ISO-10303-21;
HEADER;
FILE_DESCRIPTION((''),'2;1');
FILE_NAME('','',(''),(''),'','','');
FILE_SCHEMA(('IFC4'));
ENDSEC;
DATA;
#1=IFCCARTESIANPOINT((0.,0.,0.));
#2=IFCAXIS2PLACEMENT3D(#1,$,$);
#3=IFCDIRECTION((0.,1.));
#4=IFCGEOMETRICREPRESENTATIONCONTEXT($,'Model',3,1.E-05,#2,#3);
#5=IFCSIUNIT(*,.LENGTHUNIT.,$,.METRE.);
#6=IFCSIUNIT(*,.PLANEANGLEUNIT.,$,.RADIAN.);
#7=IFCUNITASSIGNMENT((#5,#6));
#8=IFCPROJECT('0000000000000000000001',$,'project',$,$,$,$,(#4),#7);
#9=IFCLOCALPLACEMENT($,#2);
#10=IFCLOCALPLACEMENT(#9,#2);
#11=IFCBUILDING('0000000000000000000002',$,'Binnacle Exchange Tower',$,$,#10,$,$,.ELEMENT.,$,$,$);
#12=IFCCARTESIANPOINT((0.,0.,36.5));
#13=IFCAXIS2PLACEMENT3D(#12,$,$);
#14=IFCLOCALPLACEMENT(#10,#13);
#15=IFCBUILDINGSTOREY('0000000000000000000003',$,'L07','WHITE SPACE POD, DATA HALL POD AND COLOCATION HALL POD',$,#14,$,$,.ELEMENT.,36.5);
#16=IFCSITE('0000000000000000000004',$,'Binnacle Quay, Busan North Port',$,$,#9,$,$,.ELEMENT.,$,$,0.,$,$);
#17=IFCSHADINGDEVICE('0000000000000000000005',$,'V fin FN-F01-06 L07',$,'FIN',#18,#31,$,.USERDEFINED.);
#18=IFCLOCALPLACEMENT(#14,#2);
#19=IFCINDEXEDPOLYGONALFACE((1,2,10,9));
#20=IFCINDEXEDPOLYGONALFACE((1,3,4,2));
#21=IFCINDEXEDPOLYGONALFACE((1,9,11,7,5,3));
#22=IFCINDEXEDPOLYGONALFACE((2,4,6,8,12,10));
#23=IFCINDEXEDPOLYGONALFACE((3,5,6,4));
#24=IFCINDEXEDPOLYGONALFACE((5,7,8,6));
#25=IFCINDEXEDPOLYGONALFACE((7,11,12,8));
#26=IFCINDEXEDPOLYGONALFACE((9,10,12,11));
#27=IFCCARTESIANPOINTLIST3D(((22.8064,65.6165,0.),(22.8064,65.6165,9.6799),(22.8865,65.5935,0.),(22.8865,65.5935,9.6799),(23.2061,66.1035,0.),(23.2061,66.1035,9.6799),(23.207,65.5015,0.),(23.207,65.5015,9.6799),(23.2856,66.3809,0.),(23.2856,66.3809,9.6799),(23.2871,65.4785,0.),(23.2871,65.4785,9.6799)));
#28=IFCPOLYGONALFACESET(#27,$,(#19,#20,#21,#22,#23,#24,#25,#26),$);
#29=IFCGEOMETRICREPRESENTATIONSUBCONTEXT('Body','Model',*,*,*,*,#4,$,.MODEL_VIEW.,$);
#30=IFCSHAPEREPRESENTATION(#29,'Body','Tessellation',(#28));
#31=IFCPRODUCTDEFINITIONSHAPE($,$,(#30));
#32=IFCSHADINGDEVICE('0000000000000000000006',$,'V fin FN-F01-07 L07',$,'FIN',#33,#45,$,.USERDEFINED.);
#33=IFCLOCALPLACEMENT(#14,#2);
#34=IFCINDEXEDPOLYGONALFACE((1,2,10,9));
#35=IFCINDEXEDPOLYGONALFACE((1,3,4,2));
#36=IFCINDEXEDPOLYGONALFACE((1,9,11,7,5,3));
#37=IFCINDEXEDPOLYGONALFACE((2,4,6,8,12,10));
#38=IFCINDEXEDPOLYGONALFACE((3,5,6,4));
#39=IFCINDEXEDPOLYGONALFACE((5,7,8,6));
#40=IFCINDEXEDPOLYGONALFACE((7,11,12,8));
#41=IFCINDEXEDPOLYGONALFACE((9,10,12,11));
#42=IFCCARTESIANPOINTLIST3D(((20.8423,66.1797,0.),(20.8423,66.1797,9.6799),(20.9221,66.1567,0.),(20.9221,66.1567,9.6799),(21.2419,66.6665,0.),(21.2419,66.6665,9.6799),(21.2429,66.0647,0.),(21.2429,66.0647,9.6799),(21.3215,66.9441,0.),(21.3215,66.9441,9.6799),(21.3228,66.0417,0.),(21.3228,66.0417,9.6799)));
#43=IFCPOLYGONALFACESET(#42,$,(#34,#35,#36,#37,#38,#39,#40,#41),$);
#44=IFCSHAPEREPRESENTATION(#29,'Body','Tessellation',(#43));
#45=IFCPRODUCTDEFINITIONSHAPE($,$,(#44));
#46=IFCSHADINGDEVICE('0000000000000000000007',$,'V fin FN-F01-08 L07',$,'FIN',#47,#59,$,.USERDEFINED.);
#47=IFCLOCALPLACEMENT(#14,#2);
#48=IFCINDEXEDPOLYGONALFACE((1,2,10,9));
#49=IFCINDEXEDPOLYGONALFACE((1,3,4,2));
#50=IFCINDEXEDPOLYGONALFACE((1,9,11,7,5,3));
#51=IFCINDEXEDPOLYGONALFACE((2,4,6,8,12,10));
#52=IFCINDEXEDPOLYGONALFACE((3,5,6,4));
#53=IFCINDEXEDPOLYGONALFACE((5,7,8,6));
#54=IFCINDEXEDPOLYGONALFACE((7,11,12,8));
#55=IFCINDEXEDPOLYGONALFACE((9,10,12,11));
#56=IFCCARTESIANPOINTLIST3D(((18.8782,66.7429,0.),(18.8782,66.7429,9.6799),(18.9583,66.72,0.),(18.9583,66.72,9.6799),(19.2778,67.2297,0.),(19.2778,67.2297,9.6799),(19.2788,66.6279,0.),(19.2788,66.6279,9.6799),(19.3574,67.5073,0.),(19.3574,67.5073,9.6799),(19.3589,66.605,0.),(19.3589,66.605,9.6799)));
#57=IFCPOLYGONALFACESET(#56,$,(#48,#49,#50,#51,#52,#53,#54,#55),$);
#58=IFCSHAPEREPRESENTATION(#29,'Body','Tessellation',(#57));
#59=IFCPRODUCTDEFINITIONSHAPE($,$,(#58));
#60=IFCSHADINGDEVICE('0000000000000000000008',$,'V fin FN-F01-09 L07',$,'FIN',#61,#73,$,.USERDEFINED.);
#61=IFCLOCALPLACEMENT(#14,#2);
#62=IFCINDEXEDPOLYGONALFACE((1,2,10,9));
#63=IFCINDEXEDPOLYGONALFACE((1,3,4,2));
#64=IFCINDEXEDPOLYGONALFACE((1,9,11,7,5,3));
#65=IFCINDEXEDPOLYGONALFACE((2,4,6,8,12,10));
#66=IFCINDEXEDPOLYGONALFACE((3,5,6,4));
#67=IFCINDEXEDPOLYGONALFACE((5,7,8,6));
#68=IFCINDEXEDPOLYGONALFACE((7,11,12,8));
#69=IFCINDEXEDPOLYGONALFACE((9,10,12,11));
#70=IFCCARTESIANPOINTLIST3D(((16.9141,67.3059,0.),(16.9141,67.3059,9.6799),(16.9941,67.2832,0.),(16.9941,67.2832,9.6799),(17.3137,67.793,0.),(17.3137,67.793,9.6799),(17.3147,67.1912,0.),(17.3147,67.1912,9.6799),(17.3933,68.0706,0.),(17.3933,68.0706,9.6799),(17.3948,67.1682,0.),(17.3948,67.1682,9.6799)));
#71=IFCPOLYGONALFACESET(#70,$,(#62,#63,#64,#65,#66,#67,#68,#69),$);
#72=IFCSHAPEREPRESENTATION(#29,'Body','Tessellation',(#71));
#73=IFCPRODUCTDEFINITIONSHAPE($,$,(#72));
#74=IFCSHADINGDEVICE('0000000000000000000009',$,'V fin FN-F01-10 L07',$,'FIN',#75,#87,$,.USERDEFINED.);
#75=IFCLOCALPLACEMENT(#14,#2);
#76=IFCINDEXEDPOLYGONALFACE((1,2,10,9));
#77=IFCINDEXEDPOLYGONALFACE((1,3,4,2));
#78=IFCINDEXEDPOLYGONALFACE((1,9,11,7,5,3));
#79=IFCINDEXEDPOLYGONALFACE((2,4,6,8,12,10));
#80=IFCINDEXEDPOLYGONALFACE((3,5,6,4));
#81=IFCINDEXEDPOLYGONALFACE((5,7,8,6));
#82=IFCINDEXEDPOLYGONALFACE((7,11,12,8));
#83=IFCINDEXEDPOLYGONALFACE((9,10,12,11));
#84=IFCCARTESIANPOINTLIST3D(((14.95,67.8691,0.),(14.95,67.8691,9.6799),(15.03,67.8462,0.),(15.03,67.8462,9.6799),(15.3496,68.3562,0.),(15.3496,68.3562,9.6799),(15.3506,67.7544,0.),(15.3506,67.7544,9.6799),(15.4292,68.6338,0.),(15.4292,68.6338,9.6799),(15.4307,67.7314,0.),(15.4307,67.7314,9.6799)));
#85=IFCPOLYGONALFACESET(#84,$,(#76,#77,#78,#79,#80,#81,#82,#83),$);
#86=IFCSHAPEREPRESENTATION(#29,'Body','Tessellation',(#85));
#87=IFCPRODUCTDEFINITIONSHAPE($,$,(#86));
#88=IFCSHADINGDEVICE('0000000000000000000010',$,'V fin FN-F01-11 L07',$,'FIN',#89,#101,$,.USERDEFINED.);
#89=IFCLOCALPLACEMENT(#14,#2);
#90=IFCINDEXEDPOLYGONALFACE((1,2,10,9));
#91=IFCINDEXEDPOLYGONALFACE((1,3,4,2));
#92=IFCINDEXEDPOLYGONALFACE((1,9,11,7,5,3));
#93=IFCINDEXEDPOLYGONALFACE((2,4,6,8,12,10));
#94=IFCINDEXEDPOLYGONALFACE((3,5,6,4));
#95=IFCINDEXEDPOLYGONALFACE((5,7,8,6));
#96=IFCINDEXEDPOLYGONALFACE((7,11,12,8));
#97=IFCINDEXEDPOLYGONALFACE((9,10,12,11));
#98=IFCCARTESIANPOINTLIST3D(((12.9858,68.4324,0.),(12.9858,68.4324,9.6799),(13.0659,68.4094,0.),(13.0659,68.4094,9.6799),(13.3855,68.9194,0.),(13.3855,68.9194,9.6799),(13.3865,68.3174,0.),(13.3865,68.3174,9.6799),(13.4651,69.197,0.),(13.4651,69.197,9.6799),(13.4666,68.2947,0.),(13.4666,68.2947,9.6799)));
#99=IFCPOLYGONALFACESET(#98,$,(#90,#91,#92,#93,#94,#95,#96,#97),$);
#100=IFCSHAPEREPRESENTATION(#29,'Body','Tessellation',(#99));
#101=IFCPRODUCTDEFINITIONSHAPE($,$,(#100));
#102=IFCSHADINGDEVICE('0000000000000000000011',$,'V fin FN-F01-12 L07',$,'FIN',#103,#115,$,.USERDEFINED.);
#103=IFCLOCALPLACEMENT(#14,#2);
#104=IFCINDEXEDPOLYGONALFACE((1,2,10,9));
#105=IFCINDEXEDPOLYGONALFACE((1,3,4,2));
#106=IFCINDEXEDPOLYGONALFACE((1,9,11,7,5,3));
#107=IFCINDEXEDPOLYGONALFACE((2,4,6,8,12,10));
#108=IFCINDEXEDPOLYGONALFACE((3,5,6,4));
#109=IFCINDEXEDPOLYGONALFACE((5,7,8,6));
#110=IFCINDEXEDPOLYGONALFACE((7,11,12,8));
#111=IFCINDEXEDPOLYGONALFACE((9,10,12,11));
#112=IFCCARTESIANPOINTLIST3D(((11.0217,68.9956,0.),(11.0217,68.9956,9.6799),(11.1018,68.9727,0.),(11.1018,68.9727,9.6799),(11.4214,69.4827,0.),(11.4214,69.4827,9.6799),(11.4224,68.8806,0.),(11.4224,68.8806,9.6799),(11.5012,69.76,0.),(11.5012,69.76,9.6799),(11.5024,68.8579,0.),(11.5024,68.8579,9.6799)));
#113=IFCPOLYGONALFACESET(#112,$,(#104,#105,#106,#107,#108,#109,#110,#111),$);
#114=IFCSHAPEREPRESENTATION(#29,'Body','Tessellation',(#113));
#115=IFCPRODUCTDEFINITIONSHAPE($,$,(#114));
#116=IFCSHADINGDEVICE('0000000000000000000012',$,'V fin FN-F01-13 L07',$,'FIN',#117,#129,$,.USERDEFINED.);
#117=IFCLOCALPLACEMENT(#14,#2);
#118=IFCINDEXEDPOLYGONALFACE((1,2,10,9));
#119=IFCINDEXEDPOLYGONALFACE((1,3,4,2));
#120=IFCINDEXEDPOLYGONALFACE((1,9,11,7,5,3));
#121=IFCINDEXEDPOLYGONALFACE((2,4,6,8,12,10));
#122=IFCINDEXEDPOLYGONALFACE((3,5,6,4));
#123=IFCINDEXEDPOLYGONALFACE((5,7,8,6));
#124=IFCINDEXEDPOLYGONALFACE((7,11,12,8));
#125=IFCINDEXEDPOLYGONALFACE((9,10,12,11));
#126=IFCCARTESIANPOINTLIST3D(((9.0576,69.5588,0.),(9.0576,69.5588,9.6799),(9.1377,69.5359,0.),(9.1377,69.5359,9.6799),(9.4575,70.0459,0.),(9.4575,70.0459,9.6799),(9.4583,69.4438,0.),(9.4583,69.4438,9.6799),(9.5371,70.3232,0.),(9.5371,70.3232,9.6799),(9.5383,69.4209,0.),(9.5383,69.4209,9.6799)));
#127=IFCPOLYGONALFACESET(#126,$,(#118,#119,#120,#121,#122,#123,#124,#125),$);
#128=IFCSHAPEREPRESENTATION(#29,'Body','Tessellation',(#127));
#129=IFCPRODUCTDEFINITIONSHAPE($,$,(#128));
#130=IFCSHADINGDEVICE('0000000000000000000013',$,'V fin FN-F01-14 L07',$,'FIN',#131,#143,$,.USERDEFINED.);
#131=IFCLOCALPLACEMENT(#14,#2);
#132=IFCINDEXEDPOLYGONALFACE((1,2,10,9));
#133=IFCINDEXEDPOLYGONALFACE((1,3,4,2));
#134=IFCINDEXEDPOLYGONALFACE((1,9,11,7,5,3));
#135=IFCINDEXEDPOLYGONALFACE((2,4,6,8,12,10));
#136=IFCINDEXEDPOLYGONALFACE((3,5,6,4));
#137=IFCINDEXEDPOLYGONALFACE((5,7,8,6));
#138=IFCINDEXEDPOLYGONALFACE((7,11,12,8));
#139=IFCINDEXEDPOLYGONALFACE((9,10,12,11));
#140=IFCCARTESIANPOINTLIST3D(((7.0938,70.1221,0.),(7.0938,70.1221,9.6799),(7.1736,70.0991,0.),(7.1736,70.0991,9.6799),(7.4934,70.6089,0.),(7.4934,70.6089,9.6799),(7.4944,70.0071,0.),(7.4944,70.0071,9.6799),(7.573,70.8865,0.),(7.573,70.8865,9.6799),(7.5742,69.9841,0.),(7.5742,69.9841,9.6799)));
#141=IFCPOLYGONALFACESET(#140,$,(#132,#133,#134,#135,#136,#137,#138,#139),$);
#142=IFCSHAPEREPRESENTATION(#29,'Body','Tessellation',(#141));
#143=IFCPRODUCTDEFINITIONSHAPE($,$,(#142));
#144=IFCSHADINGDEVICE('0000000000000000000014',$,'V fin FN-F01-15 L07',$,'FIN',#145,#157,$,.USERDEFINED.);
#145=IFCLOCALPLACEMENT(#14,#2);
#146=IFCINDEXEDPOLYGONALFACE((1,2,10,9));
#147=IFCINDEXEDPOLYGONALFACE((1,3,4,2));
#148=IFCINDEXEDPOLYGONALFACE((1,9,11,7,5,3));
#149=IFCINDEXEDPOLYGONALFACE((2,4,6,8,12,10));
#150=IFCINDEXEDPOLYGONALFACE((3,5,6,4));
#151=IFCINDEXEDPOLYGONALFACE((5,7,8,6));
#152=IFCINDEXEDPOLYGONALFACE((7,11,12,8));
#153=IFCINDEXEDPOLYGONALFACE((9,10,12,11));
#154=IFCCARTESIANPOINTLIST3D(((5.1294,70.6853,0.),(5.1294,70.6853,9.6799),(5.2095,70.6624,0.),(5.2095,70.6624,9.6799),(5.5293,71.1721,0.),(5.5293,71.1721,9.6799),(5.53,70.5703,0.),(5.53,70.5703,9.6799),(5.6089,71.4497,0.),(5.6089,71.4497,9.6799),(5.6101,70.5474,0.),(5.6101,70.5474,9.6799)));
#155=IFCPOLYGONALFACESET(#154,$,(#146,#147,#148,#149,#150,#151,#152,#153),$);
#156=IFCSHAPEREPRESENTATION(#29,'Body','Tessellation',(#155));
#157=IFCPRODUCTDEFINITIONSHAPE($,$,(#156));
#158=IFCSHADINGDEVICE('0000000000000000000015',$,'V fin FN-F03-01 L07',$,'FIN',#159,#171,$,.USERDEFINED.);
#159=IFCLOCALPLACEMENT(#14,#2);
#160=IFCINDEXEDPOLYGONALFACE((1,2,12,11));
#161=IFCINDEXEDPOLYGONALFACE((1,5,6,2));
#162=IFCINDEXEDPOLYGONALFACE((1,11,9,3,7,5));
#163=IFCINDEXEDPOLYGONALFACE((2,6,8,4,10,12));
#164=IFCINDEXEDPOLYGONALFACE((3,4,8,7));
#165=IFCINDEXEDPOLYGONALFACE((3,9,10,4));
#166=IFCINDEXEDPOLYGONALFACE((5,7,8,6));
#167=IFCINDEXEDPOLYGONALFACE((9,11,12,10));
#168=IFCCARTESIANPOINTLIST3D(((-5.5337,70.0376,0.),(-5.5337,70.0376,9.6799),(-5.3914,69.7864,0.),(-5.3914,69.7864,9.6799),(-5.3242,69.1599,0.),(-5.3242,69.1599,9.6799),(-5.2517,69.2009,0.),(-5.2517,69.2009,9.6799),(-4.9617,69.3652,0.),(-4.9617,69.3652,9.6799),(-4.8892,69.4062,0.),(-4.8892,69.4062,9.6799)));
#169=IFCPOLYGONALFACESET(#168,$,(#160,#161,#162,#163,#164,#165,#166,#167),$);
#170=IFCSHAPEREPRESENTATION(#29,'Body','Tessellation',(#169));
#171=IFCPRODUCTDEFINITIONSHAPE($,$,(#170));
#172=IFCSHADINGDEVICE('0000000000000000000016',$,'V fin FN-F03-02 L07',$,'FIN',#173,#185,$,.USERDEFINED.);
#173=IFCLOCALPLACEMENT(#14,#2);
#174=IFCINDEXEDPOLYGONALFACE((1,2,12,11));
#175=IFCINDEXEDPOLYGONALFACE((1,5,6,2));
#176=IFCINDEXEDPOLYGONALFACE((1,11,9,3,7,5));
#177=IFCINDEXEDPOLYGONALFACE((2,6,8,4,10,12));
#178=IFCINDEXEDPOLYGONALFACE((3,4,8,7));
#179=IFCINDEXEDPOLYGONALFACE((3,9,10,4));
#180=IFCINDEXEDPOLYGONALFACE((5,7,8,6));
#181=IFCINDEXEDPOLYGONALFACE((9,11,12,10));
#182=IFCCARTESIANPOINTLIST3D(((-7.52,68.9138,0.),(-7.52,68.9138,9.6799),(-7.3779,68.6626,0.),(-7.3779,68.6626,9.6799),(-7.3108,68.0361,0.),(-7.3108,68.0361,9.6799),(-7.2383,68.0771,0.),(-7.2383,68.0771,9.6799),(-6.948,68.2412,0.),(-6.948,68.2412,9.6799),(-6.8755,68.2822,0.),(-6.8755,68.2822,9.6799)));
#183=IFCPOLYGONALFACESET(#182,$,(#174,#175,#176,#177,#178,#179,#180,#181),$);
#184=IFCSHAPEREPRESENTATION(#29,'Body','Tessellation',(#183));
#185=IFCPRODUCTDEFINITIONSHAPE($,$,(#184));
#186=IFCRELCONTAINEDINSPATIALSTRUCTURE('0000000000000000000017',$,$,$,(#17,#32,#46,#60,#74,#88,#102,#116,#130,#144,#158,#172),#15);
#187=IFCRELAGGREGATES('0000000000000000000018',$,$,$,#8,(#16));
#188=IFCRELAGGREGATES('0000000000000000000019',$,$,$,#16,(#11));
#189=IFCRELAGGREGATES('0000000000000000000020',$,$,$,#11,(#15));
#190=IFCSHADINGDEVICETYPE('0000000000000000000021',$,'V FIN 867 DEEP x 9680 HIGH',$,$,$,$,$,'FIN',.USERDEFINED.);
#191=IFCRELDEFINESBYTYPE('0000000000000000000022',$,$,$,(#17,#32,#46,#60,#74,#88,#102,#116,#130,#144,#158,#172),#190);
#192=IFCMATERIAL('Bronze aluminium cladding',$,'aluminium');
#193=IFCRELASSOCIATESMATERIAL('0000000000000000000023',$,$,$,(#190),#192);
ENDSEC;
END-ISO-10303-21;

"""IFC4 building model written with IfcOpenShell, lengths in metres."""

from ifc_helpers import new_model, si_unit, direction, frame, origin, place, context, subcontext, project, spatial, polyline, outline, extrude, material, type_object, element, save


model = new_model("IFC4")

# Units and contexts
model_context = context("Model", 3, precision=1e-05, world=origin(), true_north=direction((0.0, 1.0)))
body_context = subcontext(model_context, "Body", "Model", "MODEL_VIEW")
ifc_project = project(units=[si_unit("LENGTHUNIT", "METRE"), si_unit("PLANEANGLEUNIT", "RADIAN")], contexts=[model_context])

# Site, building, storey
site_placement = place(None, origin())
site = spatial("IfcSite", under=ifc_project, at=site_placement, Name="Binnacle Quay, Busan North Port", CompositionType="ELEMENT", RefElevation=0.0)
building_placement = place(site_placement, origin())
building = spatial("IfcBuilding", under=site, at=building_placement, Name="Binnacle Exchange Tower", CompositionType="ELEMENT")
storey_placement = place(building_placement, frame((0.0, 0.0, 36.5)))
storey = spatial("IfcBuildingStorey", under=building, at=storey_placement, Name="L07", Description="WHITE SPACE POD, DATA HALL POD AND COLOCATION HALL POD", CompositionType="ELEMENT", Elevation=36.5)

# Shading devices
ifc_material_1 = material(Name="Bronze aluminium cladding", Category="aluminium")
shading_device_type = type_object("IfcShadingDeviceType", Name="V FIN 867 DEEP x 9680 HIGH", ElementType="FIN", PredefinedType="USERDEFINED", material=ifc_material_1)
shading_device_1_placement = place(storey_placement, origin())
element("IfcShadingDevice", 1, at=shading_device_1_placement, inside=storey, type_object=shading_device_type, Name="V fin FN-F01-06 L07", ObjectType="FIN", PredefinedType="USERDEFINED", context=body_context, shape_type="SweptSolid", body=[
    extrude(outline(polyline([(23.2871, 65.4785), (23.2856, 66.3809), (22.8064, 65.6165), (22.8865, 65.5935), (23.2061, 66.1035), (23.207, 65.5015), (23.2871, 65.4785)])), origin(), (0.0, 0.0, 1.0), 9.6799),
])
shading_device_2_placement = place(storey_placement, origin())
element("IfcShadingDevice", 2, at=shading_device_2_placement, inside=storey, type_object=shading_device_type, Name="V fin FN-F01-07 L07", ObjectType="FIN", PredefinedType="USERDEFINED", context=body_context, shape_type="SweptSolid", body=[
    extrude(outline(polyline([(21.3228, 66.0417), (21.3215, 66.9441), (20.8423, 66.1797), (20.9221, 66.1567), (21.2419, 66.6665), (21.2429, 66.0647), (21.3228, 66.0417)])), origin(), (0.0, 0.0, 1.0), 9.6799),
])
shading_device_3_placement = place(storey_placement, origin())
element("IfcShadingDevice", 3, at=shading_device_3_placement, inside=storey, type_object=shading_device_type, Name="V fin FN-F01-08 L07", ObjectType="FIN", PredefinedType="USERDEFINED", context=body_context, shape_type="SweptSolid", body=[
    extrude(outline(polyline([(19.3589, 66.605), (19.3574, 67.5073), (18.8782, 66.7429), (18.9583, 66.72), (19.2778, 67.2297), (19.2788, 66.6279), (19.3589, 66.605)])), origin(), (0.0, 0.0, 1.0), 9.6799),
])
shading_device_4_placement = place(storey_placement, origin())
element("IfcShadingDevice", 4, at=shading_device_4_placement, inside=storey, type_object=shading_device_type, Name="V fin FN-F01-09 L07", ObjectType="FIN", PredefinedType="USERDEFINED", context=body_context, shape_type="SweptSolid", body=[
    extrude(outline(polyline([(17.3948, 67.1682), (17.3933, 68.0706), (16.9141, 67.3059), (16.9941, 67.2832), (17.3137, 67.793), (17.3147, 67.1912), (17.3948, 67.1682)])), origin(), (0.0, 0.0, 1.0), 9.6799),
])
shading_device_5_placement = place(storey_placement, origin())
element("IfcShadingDevice", 5, at=shading_device_5_placement, inside=storey, type_object=shading_device_type, Name="V fin FN-F01-10 L07", ObjectType="FIN", PredefinedType="USERDEFINED", context=body_context, shape_type="SweptSolid", body=[
    extrude(outline(polyline([(15.4307, 67.7314), (15.4292, 68.6338), (14.95, 67.8691), (15.03, 67.8462), (15.3496, 68.3562), (15.3506, 67.7544), (15.4307, 67.7314)])), origin(), (0.0, 0.0, 1.0), 9.6799),
])
shading_device_6_placement = place(storey_placement, origin())
element("IfcShadingDevice", 6, at=shading_device_6_placement, inside=storey, type_object=shading_device_type, Name="V fin FN-F01-11 L07", ObjectType="FIN", PredefinedType="USERDEFINED", context=body_context, shape_type="SweptSolid", body=[
    extrude(outline(polyline([(13.4666, 68.2947), (13.4651, 69.197), (12.9858, 68.4324), (13.0659, 68.4094), (13.3855, 68.9194), (13.3865, 68.3174), (13.4666, 68.2947)])), origin(), (0.0, 0.0, 1.0), 9.6799),
])
shading_device_7_placement = place(storey_placement, origin())
element("IfcShadingDevice", 7, at=shading_device_7_placement, inside=storey, type_object=shading_device_type, Name="V fin FN-F01-12 L07", ObjectType="FIN", PredefinedType="USERDEFINED", context=body_context, shape_type="SweptSolid", body=[
    extrude(outline(polyline([(11.5024, 68.8579), (11.5012, 69.76), (11.0217, 68.9956), (11.1018, 68.9727), (11.4214, 69.4827), (11.4224, 68.8806), (11.5024, 68.8579)])), origin(), (0.0, 0.0, 1.0), 9.6799),
])
shading_device_8_placement = place(storey_placement, origin())
element("IfcShadingDevice", 8, at=shading_device_8_placement, inside=storey, type_object=shading_device_type, Name="V fin FN-F01-13 L07", ObjectType="FIN", PredefinedType="USERDEFINED", context=body_context, shape_type="SweptSolid", body=[
    extrude(outline(polyline([(9.5383, 69.4209), (9.5371, 70.3232), (9.0576, 69.5588), (9.1377, 69.5359), (9.4575, 70.0459), (9.4583, 69.4438), (9.5383, 69.4209)])), origin(), (0.0, 0.0, 1.0), 9.6799),
])
shading_device_9_placement = place(storey_placement, origin())
element("IfcShadingDevice", 9, at=shading_device_9_placement, inside=storey, type_object=shading_device_type, Name="V fin FN-F01-14 L07", ObjectType="FIN", PredefinedType="USERDEFINED", context=body_context, shape_type="SweptSolid", body=[
    extrude(outline(polyline([(7.5742, 69.9841), (7.573, 70.8865), (7.0938, 70.1221), (7.1736, 70.0991), (7.4934, 70.6089), (7.4944, 70.0071), (7.5742, 69.9841)])), origin(), (0.0, 0.0, 1.0), 9.6799),
])
shading_device_10_placement = place(storey_placement, origin())
element("IfcShadingDevice", 10, at=shading_device_10_placement, inside=storey, type_object=shading_device_type, Name="V fin FN-F01-15 L07", ObjectType="FIN", PredefinedType="USERDEFINED", context=body_context, shape_type="SweptSolid", body=[
    extrude(outline(polyline([(5.6101, 70.5474), (5.6089, 71.4497), (5.1294, 70.6853), (5.2095, 70.6624), (5.5293, 71.1721), (5.53, 70.5703), (5.6101, 70.5474)])), origin(), (0.0, 0.0, 1.0), 9.6799),
])
shading_device_11_placement = place(storey_placement, origin())
element("IfcShadingDevice", 11, at=shading_device_11_placement, inside=storey, type_object=shading_device_type, Name="V fin FN-F03-01 L07", ObjectType="FIN", PredefinedType="USERDEFINED", context=body_context, shape_type="SweptSolid", body=[
    extrude(outline(polyline([(-4.8892, 69.4062), (-5.5337, 70.0376), (-5.3242, 69.1599), (-5.2517, 69.2009), (-5.3914, 69.7864), (-4.9617, 69.3652), (-4.8892, 69.4062)])), origin(), (0.0, 0.0, 1.0), 9.6799),
])
shading_device_12_placement = place(storey_placement, origin())
element("IfcShadingDevice", 12, at=shading_device_12_placement, inside=storey, type_object=shading_device_type, Name="V fin FN-F03-02 L07", ObjectType="FIN", PredefinedType="USERDEFINED", context=body_context, shape_type="SweptSolid", body=[
    extrude(outline(polyline([(-6.8755, 68.2822), (-7.52, 68.9138), (-7.3108, 68.0361), (-7.2383, 68.0771), (-7.3779, 68.6626), (-6.948, 68.2412), (-6.8755, 68.2822)])), origin(), (0.0, 0.0, 1.0), 9.6799),
])

save(model, "model.ifc")
